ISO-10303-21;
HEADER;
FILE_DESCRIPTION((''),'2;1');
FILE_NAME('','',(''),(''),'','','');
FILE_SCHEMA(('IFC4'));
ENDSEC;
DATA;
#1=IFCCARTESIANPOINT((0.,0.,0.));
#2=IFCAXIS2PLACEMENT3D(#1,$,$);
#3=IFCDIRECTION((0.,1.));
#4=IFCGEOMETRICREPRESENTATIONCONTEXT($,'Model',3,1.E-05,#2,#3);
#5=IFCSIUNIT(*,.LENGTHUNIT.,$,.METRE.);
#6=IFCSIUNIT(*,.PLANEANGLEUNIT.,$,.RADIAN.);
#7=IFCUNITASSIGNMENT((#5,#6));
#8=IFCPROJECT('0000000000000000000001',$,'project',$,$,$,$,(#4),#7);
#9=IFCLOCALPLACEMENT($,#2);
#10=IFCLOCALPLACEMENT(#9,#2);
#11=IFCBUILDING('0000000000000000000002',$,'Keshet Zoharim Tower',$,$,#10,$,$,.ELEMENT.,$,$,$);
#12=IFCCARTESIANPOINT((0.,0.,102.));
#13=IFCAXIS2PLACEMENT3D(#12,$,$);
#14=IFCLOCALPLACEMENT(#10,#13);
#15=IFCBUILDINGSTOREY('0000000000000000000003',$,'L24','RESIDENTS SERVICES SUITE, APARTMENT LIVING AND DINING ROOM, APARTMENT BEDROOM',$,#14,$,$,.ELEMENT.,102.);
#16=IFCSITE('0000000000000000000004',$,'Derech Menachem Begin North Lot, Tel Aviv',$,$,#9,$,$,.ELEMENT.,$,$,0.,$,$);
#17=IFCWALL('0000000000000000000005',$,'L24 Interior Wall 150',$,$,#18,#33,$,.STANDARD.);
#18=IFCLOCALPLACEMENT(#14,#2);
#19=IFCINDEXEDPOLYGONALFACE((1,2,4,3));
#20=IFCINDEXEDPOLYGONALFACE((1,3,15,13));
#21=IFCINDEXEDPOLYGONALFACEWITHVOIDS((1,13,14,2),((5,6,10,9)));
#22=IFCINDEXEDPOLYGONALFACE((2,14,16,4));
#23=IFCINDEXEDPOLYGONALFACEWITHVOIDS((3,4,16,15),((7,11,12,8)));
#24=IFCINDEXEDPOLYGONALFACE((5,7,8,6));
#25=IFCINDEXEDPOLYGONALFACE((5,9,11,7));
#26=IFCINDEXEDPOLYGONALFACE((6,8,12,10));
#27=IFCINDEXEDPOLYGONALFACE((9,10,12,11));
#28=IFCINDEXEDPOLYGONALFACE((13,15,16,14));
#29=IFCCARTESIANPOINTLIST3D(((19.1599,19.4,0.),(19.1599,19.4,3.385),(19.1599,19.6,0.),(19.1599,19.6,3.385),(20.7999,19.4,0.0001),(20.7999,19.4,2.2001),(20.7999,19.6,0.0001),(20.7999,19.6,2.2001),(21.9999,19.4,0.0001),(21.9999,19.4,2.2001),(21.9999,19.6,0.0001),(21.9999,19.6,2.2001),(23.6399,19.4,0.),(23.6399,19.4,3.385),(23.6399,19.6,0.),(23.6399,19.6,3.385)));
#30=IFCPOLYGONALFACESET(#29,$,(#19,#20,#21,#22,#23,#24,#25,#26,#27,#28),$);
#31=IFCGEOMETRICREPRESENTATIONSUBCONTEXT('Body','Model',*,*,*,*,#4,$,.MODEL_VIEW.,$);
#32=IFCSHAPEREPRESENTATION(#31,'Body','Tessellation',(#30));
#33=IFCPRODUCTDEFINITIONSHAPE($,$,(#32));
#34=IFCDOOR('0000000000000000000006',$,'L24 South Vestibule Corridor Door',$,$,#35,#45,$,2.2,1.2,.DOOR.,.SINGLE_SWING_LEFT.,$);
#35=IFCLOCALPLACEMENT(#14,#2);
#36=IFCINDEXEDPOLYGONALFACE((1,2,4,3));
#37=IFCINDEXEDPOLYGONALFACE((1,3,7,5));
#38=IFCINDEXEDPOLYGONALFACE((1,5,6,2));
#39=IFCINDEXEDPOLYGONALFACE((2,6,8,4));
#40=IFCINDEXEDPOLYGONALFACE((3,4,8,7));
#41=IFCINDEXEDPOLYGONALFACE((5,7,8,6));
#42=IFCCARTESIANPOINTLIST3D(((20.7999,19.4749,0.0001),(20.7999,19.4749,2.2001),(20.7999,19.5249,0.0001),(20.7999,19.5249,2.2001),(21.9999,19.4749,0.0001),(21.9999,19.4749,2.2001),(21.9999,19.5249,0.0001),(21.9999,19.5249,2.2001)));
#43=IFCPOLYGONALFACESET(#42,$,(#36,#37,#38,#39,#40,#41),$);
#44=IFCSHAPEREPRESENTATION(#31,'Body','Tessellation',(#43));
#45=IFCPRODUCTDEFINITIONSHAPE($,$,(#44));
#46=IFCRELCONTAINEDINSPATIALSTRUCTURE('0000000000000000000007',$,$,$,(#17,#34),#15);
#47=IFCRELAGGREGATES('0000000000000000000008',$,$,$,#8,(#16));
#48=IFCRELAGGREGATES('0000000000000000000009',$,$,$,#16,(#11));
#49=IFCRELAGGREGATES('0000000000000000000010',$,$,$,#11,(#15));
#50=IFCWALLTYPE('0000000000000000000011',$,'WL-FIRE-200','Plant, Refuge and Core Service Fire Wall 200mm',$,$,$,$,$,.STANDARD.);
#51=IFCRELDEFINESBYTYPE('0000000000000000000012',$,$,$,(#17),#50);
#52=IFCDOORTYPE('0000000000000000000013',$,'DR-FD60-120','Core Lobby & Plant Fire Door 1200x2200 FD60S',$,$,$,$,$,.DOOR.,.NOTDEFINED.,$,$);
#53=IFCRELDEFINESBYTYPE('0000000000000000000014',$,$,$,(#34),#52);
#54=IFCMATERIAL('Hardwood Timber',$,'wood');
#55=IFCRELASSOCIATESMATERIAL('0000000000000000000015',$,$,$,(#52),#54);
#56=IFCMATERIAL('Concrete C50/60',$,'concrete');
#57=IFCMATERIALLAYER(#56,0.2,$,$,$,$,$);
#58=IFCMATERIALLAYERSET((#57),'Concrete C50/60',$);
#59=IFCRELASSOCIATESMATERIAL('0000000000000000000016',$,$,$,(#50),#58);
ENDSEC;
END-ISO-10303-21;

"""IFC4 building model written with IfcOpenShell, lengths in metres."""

from ifc_helpers import new_model, si_unit, direction, frame, frame_2d, origin, place, context, subcontext, project, spatial, rectangle, extrude, material, layer, layer_set, type_object, element, fill, save


model = new_model("IFC4")

# Units and contexts
model_context = context("Model", 3, precision=1e-05, world=origin(), true_north=direction((0.0, 1.0)))
body_context = subcontext(model_context, "Body", "Model", "MODEL_VIEW")
ifc_project = project(units=[si_unit("LENGTHUNIT", "METRE"), si_unit("PLANEANGLEUNIT", "RADIAN")], contexts=[model_context])

# Site, building, storey
site_placement = place(None, origin())
site = spatial("IfcSite", under=ifc_project, at=site_placement, Name="Derech Menachem Begin North Lot, Tel Aviv", CompositionType="ELEMENT", RefElevation=0.0)
building_placement = place(site_placement, origin())
building = spatial("IfcBuilding", under=site, at=building_placement, Name="Keshet Zoharim Tower", CompositionType="ELEMENT")
storey_placement = place(building_placement, frame((0.0, 0.0, 102.0)))
storey = spatial("IfcBuildingStorey", under=building, at=storey_placement, Name="L24", Description="RESIDENTS SERVICES SUITE, APARTMENT LIVING AND DINING ROOM, APARTMENT BEDROOM", CompositionType="ELEMENT", Elevation=102.0)

# Shared definitions
ifc_material_1 = material(Name="Hardwood Timber", Category="wood")

# Shared definitions
door_type_1 = type_object("IfcDoorType", Name="DR-FD60-120", Description="Core Lobby & Plant Fire Door 1200x2200 FD60S", OperationType="NOTDEFINED", PredefinedType="DOOR", material=ifc_material_1)

# Shared definitions
ifc_material_2 = material(Name="Concrete C50/60", Category="concrete")
ifc_layer_1 = layer(ifc_material_2, 0.2)
ifc_layer_set_1 = layer_set([ifc_layer_1], Name="Concrete C50/60")
wall_type_1 = type_object("IfcWallType", Name="WL-FIRE-200", Description="Plant, Refuge and Core Service Fire Wall 200mm", PredefinedType="STANDARD", material=ifc_layer_set_1)

# Wall, opening, door
wall_1_placement = place(storey_placement, frame((19.1599, 19.5, 0.0), z_axis=(0.0, 0.0, 1.0), x_axis=(1.0, 0.0, 0.0)))
wall_1 = element("IfcWall", 1, at=wall_1_placement, inside=storey, type_object=wall_type_1, Name="L24 Interior Wall 150", PredefinedType="STANDARD", context=body_context, shape_type="SweptSolid", body=[
    extrude(rectangle(XDim=4.48, YDim=0.2, at=frame_2d((2.24, 0.0))), origin(), (0.0, 0.0, 1.0), 3.385),
])
opening_1_placement = place(wall_1_placement, frame((1.6399, 0.0, 0.0)))
opening_1 = element("IfcOpeningElement", 2, at=opening_1_placement, cuts=wall_1, PredefinedType="OPENING", context=body_context, shape_type="SweptSolid", body=[
    extrude(rectangle(XDim=1.2, YDim=2.2, at=frame_2d((0.6001, 1.1001))), frame((0.0, 0.1099, 0.0), z_axis=(0.0, -1.0, 0.0), x_axis=(1.0, 0.0, 0.0)), (0.0, 0.0, 1.0), 0.22),
])
door_1_placement = place(opening_1_placement, origin())
door_1 = element("IfcDoor", 3, at=door_1_placement, inside=storey, type_object=door_type_1, Name="L24 South Vestibule Corridor Door", OperationType="SINGLE_SWING_LEFT", OverallHeight=2.2, OverallWidth=1.2, PredefinedType="DOOR", context=body_context, shape_type="SweptSolid", body=[
    extrude(rectangle(XDim=1.2, YDim=2.2, at=frame_2d((0.6001, 1.1001))), frame((0.0, 0.0249, 0.0), z_axis=(0.0, -1.0, 0.0), x_axis=(1.0, 0.0, 0.0)), (0.0, 0.0, 1.0), 0.05),
])
fill(opening_1, door_1)

save(model, "model.ifc")
